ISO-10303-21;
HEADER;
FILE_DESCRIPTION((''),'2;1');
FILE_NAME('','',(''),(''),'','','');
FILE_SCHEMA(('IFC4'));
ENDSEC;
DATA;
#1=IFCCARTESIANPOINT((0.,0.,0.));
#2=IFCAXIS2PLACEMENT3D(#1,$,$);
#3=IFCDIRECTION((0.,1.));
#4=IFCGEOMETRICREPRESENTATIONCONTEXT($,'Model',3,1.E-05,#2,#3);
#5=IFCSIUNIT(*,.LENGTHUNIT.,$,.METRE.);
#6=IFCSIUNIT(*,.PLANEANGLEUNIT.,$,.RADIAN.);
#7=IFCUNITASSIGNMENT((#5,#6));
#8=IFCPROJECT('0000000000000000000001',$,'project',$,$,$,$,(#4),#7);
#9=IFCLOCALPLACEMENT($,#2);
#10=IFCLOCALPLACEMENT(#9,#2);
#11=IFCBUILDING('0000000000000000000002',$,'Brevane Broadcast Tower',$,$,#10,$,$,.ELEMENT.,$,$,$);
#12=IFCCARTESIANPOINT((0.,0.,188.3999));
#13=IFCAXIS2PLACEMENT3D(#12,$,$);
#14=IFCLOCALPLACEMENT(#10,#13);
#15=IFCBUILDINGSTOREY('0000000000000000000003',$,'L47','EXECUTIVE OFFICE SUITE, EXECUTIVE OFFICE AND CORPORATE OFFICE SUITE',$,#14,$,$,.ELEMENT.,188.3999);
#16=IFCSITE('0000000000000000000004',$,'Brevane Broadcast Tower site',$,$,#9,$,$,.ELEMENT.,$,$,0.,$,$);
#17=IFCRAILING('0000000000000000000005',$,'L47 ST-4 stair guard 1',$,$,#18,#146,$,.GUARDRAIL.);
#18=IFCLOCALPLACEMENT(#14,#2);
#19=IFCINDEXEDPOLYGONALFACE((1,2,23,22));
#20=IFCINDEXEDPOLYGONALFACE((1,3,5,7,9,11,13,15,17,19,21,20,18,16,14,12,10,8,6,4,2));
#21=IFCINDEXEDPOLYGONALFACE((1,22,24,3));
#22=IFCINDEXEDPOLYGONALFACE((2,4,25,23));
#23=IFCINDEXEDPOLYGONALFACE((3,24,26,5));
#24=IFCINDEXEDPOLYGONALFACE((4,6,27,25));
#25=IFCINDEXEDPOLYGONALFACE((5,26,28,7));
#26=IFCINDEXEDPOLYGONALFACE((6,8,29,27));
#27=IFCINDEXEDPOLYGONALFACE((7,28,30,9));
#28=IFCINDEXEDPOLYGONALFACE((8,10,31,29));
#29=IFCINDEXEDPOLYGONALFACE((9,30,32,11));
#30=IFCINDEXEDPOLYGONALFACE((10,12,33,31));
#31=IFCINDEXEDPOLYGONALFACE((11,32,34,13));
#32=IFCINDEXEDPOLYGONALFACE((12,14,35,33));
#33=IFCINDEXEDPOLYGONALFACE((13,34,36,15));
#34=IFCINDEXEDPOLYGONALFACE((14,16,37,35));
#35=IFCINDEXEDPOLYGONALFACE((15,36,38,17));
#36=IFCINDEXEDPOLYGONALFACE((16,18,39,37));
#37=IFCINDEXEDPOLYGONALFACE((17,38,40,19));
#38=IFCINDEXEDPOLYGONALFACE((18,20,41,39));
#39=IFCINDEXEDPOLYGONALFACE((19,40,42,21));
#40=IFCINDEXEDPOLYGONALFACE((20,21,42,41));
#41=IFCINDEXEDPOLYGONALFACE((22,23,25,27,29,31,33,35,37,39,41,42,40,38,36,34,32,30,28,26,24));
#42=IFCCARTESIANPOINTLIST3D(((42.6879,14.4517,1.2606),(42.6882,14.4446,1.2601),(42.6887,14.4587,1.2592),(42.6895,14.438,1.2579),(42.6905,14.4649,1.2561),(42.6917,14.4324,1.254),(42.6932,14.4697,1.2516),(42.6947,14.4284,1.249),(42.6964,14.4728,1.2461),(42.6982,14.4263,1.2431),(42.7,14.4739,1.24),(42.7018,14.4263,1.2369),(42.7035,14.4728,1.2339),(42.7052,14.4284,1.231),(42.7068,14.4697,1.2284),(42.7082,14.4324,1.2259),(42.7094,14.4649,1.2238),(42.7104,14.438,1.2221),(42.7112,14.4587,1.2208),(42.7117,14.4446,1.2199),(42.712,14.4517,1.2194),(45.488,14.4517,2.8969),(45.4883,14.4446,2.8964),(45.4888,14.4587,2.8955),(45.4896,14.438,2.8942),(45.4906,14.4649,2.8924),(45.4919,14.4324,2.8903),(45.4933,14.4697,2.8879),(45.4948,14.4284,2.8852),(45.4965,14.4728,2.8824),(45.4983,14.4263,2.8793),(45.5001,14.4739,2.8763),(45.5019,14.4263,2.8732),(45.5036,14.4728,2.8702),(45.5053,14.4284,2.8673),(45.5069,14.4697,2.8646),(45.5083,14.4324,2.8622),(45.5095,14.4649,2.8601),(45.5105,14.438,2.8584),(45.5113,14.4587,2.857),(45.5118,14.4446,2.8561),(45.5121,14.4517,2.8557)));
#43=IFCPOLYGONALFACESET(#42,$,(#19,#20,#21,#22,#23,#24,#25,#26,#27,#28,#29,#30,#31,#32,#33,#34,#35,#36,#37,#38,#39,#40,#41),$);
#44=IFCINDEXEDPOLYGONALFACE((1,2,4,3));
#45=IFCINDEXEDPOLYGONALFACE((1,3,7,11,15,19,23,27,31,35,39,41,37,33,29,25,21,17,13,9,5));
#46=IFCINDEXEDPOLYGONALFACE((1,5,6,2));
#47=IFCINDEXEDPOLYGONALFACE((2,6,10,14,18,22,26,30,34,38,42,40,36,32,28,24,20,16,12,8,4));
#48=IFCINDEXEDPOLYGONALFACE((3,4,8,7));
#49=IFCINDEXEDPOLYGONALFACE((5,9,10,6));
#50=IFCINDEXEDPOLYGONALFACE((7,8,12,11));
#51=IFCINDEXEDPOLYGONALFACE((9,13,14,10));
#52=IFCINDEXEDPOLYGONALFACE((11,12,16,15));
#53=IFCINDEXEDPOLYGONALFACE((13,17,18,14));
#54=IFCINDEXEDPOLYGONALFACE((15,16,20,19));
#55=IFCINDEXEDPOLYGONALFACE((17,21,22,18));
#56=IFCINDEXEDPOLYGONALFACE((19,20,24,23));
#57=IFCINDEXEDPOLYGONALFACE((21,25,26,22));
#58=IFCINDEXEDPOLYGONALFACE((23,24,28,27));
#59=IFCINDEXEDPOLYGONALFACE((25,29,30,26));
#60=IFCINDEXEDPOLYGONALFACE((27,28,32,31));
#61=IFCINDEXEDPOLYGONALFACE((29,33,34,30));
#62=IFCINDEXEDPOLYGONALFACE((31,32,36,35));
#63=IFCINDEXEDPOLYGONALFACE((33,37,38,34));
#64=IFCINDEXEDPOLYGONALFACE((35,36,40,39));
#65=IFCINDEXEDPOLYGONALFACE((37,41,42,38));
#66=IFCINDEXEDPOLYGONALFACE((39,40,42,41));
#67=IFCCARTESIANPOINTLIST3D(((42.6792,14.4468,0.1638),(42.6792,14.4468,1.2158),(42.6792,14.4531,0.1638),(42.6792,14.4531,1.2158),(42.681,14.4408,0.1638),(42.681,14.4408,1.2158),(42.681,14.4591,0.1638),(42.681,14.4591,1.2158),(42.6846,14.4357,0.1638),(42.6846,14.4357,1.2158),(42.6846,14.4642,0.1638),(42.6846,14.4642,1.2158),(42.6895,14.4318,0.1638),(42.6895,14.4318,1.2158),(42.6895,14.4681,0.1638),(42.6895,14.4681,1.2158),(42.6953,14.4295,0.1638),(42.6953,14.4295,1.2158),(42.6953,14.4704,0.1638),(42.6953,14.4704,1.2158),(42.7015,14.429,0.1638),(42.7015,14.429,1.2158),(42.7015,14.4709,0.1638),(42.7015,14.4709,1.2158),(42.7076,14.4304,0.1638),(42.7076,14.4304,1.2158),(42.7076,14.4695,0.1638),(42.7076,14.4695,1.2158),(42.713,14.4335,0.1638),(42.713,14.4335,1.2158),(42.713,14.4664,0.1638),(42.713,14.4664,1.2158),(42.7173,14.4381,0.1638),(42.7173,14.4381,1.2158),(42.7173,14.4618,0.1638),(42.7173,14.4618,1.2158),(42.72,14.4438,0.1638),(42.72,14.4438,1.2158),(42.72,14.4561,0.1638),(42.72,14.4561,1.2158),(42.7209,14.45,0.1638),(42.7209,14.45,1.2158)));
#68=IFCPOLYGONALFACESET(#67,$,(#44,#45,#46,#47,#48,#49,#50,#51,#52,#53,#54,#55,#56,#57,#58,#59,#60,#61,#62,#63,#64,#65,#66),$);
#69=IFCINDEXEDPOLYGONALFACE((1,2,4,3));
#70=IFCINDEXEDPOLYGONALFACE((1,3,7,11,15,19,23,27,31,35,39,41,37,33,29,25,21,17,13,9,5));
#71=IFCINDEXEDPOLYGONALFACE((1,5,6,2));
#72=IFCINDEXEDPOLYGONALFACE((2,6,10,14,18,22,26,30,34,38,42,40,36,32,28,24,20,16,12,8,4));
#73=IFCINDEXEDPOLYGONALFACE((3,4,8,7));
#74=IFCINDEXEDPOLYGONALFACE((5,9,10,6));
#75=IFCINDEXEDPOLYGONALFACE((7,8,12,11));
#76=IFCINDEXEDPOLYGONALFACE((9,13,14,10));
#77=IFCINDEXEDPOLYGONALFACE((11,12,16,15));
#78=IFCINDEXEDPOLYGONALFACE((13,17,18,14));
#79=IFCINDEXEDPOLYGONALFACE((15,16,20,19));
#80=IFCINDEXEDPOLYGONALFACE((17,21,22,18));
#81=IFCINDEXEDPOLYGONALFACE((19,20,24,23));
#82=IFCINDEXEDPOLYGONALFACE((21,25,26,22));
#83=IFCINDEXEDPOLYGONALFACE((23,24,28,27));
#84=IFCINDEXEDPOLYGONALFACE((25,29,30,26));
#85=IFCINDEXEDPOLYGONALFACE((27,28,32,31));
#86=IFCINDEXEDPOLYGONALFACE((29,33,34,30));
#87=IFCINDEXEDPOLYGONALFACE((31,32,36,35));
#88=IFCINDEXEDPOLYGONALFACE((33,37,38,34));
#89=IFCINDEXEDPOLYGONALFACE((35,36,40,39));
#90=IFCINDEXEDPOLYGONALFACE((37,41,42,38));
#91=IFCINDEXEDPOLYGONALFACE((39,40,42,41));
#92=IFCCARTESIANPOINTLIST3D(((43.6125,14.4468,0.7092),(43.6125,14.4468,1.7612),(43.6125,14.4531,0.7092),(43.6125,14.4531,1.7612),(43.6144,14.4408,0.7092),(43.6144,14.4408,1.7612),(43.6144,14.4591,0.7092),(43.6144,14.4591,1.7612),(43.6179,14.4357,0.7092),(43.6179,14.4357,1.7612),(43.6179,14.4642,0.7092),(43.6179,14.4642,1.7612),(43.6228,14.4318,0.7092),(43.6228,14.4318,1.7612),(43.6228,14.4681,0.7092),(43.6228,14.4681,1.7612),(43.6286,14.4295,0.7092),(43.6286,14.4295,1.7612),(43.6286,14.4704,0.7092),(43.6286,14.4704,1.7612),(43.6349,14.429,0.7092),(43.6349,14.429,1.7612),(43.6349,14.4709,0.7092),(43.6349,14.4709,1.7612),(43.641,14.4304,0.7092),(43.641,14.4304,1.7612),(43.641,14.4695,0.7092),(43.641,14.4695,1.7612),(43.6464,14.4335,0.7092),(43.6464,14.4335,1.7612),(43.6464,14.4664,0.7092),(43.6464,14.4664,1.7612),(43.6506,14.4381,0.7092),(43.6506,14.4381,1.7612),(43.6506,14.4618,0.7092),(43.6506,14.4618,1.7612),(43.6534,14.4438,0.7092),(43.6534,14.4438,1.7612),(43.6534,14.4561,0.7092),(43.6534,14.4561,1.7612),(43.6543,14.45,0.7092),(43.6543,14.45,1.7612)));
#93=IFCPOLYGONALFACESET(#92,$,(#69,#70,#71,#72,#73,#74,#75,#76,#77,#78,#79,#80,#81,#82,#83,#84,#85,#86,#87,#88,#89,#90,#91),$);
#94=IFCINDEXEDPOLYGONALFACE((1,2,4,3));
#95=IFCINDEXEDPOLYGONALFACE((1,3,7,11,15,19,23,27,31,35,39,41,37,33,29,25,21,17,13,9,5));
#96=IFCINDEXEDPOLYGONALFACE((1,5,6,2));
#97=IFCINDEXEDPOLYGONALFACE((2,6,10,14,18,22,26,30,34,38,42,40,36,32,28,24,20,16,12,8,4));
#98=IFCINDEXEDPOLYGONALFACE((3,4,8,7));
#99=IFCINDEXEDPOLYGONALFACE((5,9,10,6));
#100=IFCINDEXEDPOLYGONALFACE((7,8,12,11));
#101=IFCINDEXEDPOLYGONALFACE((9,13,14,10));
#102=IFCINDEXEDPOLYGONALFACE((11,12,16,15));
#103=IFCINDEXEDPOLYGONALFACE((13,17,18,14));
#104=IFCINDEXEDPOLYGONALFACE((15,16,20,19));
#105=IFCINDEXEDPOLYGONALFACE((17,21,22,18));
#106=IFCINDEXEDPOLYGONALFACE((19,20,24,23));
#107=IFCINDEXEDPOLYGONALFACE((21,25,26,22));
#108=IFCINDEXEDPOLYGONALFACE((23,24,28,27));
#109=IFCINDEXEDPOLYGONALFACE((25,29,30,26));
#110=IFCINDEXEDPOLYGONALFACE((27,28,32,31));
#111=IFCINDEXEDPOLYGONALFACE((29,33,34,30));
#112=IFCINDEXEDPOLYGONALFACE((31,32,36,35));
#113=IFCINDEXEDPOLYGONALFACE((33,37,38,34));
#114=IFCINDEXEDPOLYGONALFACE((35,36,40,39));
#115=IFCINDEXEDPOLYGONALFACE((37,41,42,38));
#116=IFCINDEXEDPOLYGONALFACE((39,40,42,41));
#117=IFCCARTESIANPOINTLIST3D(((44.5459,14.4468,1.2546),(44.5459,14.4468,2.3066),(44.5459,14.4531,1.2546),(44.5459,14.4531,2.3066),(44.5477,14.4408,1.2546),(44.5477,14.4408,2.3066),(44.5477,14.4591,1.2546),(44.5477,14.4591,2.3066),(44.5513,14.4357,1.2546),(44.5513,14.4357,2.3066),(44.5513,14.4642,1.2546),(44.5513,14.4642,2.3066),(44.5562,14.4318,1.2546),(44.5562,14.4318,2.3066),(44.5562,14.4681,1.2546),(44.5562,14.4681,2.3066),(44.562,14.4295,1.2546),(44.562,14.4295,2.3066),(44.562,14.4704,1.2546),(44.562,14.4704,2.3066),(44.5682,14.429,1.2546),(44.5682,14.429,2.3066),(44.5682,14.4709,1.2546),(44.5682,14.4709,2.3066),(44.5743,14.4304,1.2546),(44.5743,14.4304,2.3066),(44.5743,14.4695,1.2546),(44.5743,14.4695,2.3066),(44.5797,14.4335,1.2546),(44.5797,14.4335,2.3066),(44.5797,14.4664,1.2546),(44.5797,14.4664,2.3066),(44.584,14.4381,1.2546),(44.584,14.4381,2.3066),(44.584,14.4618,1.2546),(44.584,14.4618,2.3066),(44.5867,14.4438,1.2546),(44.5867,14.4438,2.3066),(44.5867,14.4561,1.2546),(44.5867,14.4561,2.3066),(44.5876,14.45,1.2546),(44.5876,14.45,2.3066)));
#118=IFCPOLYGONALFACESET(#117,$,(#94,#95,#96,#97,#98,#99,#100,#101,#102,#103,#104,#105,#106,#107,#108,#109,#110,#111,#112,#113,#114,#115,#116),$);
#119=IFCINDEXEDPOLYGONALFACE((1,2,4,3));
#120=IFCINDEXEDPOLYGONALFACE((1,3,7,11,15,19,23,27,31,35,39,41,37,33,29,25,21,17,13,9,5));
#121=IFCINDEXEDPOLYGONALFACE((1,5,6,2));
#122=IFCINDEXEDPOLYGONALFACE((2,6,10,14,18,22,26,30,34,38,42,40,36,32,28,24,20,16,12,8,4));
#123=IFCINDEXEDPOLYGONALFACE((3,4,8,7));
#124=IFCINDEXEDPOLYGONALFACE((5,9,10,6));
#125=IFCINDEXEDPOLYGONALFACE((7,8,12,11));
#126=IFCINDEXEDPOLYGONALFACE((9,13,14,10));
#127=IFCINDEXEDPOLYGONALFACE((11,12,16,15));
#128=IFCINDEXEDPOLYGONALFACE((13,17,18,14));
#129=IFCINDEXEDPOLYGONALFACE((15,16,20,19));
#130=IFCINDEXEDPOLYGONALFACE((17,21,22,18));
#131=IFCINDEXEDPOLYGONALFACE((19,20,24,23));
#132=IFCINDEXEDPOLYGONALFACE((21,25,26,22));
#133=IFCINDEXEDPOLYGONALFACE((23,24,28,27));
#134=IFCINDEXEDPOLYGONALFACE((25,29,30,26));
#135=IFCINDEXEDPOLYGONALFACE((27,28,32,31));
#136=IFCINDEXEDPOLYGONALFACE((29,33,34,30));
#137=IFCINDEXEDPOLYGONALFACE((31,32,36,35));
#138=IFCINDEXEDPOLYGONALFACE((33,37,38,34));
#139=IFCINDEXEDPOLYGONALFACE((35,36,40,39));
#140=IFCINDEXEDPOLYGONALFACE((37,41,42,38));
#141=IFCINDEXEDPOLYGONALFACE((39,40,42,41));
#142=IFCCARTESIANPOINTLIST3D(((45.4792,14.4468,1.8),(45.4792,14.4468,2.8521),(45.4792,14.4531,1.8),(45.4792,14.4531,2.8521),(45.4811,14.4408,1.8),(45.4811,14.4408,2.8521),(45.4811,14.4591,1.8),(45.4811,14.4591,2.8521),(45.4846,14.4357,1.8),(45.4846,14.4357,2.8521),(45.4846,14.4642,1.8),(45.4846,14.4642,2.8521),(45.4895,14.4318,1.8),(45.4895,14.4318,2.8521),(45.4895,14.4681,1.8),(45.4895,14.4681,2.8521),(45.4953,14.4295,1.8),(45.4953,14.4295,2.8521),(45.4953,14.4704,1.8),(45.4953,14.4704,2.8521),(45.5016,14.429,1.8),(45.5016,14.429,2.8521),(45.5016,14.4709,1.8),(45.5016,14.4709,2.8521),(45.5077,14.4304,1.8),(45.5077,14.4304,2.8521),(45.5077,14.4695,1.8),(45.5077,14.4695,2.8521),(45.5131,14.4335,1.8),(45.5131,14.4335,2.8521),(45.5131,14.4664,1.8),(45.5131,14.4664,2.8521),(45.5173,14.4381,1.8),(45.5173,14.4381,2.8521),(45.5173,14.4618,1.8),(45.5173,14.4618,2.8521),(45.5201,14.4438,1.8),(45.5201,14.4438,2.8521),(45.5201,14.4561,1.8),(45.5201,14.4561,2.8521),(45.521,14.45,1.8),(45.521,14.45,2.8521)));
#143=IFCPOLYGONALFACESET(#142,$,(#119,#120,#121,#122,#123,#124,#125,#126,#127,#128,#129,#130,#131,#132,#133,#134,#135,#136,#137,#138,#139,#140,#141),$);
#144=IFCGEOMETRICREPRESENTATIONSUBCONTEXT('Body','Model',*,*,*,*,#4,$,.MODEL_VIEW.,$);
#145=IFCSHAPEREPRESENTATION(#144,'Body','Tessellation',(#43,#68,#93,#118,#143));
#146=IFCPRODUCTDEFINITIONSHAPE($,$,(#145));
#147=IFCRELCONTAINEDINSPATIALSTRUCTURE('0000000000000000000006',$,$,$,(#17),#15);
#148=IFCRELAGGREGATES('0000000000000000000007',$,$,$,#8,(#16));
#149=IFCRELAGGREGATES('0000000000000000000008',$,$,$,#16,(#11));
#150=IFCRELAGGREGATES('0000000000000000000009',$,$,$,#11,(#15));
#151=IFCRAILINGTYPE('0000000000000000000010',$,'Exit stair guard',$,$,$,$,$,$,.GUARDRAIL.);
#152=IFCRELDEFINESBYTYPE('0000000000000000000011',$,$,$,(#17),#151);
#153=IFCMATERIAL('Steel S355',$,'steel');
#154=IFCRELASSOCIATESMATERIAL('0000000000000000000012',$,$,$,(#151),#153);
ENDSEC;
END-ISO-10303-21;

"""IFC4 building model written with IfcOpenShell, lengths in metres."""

from ifc_helpers import new_model, si_unit, direction, frame, origin, origin_2d, place, context, subcontext, project, spatial, circle, extrude, material, type_object, element, save


model = new_model("IFC4")

# Units and contexts
model_context = context("Model", 3, precision=1e-05, world=origin(), true_north=direction((0.0, 1.0)))
body_context = subcontext(model_context, "Body", "Model", "MODEL_VIEW")
ifc_project = project(units=[si_unit("LENGTHUNIT", "METRE"), si_unit("PLANEANGLEUNIT", "RADIAN")], contexts=[model_context])

# Site, building, storey
site_placement = place(None, origin())
site = spatial("IfcSite", under=ifc_project, at=site_placement, Name="Brevane Broadcast Tower site", CompositionType="ELEMENT", RefElevation=0.0)
building_placement = place(site_placement, origin())
building = spatial("IfcBuilding", under=site, at=building_placement, Name="Brevane Broadcast Tower", CompositionType="ELEMENT")
storey_placement = place(building_placement, frame((0.0, 0.0, 188.3999)))
storey = spatial("IfcBuildingStorey", under=building, at=storey_placement, Name="L47", Description="EXECUTIVE OFFICE SUITE, EXECUTIVE OFFICE AND CORPORATE OFFICE SUITE", CompositionType="ELEMENT", Elevation=188.3999)

# Railing
ifc_material_1 = material(Name="Steel S355", Category="steel")
railing_type_1 = type_object("IfcRailingType", Name="Exit stair guard", PredefinedType="GUARDRAIL", material=ifc_material_1)
railing_1_placement = place(storey_placement, frame((42.7, 14.45, 0.1638)))
element("IfcRailing", 1, at=railing_1_placement, inside=storey, type_object=railing_type_1, Name="L47 ST-4 stair guard 1", PredefinedType="GUARDRAIL", context=body_context, shape_type="SweptSolid", body=[
    extrude(circle(Radius=0.0239, at=origin_2d()), frame((0.0, 0.0, 1.0762), z_axis=(0.863394, 0.0, 0.504531), x_axis=(0.0, 1.0, 0.0)), (0.0, 0.0, 1.0), 3.2432),
    extrude(circle(Radius=0.021, at=origin_2d()), origin(), (0.0, 0.0, 1.0), 1.052),
    extrude(circle(Radius=0.021, at=origin_2d()), frame((0.9333, 0.0, 0.5454)), (0.0, 0.0, 1.0), 1.052),
    extrude(circle(Radius=0.021, at=origin_2d()), frame((1.8667, 0.0, 1.0908)), (0.0, 0.0, 1.0), 1.052),
    extrude(circle(Radius=0.021, at=origin_2d()), frame((2.8, 0.0, 1.6362)), (0.0, 0.0, 1.0), 1.052),
])

save(model, "model.ifc")
